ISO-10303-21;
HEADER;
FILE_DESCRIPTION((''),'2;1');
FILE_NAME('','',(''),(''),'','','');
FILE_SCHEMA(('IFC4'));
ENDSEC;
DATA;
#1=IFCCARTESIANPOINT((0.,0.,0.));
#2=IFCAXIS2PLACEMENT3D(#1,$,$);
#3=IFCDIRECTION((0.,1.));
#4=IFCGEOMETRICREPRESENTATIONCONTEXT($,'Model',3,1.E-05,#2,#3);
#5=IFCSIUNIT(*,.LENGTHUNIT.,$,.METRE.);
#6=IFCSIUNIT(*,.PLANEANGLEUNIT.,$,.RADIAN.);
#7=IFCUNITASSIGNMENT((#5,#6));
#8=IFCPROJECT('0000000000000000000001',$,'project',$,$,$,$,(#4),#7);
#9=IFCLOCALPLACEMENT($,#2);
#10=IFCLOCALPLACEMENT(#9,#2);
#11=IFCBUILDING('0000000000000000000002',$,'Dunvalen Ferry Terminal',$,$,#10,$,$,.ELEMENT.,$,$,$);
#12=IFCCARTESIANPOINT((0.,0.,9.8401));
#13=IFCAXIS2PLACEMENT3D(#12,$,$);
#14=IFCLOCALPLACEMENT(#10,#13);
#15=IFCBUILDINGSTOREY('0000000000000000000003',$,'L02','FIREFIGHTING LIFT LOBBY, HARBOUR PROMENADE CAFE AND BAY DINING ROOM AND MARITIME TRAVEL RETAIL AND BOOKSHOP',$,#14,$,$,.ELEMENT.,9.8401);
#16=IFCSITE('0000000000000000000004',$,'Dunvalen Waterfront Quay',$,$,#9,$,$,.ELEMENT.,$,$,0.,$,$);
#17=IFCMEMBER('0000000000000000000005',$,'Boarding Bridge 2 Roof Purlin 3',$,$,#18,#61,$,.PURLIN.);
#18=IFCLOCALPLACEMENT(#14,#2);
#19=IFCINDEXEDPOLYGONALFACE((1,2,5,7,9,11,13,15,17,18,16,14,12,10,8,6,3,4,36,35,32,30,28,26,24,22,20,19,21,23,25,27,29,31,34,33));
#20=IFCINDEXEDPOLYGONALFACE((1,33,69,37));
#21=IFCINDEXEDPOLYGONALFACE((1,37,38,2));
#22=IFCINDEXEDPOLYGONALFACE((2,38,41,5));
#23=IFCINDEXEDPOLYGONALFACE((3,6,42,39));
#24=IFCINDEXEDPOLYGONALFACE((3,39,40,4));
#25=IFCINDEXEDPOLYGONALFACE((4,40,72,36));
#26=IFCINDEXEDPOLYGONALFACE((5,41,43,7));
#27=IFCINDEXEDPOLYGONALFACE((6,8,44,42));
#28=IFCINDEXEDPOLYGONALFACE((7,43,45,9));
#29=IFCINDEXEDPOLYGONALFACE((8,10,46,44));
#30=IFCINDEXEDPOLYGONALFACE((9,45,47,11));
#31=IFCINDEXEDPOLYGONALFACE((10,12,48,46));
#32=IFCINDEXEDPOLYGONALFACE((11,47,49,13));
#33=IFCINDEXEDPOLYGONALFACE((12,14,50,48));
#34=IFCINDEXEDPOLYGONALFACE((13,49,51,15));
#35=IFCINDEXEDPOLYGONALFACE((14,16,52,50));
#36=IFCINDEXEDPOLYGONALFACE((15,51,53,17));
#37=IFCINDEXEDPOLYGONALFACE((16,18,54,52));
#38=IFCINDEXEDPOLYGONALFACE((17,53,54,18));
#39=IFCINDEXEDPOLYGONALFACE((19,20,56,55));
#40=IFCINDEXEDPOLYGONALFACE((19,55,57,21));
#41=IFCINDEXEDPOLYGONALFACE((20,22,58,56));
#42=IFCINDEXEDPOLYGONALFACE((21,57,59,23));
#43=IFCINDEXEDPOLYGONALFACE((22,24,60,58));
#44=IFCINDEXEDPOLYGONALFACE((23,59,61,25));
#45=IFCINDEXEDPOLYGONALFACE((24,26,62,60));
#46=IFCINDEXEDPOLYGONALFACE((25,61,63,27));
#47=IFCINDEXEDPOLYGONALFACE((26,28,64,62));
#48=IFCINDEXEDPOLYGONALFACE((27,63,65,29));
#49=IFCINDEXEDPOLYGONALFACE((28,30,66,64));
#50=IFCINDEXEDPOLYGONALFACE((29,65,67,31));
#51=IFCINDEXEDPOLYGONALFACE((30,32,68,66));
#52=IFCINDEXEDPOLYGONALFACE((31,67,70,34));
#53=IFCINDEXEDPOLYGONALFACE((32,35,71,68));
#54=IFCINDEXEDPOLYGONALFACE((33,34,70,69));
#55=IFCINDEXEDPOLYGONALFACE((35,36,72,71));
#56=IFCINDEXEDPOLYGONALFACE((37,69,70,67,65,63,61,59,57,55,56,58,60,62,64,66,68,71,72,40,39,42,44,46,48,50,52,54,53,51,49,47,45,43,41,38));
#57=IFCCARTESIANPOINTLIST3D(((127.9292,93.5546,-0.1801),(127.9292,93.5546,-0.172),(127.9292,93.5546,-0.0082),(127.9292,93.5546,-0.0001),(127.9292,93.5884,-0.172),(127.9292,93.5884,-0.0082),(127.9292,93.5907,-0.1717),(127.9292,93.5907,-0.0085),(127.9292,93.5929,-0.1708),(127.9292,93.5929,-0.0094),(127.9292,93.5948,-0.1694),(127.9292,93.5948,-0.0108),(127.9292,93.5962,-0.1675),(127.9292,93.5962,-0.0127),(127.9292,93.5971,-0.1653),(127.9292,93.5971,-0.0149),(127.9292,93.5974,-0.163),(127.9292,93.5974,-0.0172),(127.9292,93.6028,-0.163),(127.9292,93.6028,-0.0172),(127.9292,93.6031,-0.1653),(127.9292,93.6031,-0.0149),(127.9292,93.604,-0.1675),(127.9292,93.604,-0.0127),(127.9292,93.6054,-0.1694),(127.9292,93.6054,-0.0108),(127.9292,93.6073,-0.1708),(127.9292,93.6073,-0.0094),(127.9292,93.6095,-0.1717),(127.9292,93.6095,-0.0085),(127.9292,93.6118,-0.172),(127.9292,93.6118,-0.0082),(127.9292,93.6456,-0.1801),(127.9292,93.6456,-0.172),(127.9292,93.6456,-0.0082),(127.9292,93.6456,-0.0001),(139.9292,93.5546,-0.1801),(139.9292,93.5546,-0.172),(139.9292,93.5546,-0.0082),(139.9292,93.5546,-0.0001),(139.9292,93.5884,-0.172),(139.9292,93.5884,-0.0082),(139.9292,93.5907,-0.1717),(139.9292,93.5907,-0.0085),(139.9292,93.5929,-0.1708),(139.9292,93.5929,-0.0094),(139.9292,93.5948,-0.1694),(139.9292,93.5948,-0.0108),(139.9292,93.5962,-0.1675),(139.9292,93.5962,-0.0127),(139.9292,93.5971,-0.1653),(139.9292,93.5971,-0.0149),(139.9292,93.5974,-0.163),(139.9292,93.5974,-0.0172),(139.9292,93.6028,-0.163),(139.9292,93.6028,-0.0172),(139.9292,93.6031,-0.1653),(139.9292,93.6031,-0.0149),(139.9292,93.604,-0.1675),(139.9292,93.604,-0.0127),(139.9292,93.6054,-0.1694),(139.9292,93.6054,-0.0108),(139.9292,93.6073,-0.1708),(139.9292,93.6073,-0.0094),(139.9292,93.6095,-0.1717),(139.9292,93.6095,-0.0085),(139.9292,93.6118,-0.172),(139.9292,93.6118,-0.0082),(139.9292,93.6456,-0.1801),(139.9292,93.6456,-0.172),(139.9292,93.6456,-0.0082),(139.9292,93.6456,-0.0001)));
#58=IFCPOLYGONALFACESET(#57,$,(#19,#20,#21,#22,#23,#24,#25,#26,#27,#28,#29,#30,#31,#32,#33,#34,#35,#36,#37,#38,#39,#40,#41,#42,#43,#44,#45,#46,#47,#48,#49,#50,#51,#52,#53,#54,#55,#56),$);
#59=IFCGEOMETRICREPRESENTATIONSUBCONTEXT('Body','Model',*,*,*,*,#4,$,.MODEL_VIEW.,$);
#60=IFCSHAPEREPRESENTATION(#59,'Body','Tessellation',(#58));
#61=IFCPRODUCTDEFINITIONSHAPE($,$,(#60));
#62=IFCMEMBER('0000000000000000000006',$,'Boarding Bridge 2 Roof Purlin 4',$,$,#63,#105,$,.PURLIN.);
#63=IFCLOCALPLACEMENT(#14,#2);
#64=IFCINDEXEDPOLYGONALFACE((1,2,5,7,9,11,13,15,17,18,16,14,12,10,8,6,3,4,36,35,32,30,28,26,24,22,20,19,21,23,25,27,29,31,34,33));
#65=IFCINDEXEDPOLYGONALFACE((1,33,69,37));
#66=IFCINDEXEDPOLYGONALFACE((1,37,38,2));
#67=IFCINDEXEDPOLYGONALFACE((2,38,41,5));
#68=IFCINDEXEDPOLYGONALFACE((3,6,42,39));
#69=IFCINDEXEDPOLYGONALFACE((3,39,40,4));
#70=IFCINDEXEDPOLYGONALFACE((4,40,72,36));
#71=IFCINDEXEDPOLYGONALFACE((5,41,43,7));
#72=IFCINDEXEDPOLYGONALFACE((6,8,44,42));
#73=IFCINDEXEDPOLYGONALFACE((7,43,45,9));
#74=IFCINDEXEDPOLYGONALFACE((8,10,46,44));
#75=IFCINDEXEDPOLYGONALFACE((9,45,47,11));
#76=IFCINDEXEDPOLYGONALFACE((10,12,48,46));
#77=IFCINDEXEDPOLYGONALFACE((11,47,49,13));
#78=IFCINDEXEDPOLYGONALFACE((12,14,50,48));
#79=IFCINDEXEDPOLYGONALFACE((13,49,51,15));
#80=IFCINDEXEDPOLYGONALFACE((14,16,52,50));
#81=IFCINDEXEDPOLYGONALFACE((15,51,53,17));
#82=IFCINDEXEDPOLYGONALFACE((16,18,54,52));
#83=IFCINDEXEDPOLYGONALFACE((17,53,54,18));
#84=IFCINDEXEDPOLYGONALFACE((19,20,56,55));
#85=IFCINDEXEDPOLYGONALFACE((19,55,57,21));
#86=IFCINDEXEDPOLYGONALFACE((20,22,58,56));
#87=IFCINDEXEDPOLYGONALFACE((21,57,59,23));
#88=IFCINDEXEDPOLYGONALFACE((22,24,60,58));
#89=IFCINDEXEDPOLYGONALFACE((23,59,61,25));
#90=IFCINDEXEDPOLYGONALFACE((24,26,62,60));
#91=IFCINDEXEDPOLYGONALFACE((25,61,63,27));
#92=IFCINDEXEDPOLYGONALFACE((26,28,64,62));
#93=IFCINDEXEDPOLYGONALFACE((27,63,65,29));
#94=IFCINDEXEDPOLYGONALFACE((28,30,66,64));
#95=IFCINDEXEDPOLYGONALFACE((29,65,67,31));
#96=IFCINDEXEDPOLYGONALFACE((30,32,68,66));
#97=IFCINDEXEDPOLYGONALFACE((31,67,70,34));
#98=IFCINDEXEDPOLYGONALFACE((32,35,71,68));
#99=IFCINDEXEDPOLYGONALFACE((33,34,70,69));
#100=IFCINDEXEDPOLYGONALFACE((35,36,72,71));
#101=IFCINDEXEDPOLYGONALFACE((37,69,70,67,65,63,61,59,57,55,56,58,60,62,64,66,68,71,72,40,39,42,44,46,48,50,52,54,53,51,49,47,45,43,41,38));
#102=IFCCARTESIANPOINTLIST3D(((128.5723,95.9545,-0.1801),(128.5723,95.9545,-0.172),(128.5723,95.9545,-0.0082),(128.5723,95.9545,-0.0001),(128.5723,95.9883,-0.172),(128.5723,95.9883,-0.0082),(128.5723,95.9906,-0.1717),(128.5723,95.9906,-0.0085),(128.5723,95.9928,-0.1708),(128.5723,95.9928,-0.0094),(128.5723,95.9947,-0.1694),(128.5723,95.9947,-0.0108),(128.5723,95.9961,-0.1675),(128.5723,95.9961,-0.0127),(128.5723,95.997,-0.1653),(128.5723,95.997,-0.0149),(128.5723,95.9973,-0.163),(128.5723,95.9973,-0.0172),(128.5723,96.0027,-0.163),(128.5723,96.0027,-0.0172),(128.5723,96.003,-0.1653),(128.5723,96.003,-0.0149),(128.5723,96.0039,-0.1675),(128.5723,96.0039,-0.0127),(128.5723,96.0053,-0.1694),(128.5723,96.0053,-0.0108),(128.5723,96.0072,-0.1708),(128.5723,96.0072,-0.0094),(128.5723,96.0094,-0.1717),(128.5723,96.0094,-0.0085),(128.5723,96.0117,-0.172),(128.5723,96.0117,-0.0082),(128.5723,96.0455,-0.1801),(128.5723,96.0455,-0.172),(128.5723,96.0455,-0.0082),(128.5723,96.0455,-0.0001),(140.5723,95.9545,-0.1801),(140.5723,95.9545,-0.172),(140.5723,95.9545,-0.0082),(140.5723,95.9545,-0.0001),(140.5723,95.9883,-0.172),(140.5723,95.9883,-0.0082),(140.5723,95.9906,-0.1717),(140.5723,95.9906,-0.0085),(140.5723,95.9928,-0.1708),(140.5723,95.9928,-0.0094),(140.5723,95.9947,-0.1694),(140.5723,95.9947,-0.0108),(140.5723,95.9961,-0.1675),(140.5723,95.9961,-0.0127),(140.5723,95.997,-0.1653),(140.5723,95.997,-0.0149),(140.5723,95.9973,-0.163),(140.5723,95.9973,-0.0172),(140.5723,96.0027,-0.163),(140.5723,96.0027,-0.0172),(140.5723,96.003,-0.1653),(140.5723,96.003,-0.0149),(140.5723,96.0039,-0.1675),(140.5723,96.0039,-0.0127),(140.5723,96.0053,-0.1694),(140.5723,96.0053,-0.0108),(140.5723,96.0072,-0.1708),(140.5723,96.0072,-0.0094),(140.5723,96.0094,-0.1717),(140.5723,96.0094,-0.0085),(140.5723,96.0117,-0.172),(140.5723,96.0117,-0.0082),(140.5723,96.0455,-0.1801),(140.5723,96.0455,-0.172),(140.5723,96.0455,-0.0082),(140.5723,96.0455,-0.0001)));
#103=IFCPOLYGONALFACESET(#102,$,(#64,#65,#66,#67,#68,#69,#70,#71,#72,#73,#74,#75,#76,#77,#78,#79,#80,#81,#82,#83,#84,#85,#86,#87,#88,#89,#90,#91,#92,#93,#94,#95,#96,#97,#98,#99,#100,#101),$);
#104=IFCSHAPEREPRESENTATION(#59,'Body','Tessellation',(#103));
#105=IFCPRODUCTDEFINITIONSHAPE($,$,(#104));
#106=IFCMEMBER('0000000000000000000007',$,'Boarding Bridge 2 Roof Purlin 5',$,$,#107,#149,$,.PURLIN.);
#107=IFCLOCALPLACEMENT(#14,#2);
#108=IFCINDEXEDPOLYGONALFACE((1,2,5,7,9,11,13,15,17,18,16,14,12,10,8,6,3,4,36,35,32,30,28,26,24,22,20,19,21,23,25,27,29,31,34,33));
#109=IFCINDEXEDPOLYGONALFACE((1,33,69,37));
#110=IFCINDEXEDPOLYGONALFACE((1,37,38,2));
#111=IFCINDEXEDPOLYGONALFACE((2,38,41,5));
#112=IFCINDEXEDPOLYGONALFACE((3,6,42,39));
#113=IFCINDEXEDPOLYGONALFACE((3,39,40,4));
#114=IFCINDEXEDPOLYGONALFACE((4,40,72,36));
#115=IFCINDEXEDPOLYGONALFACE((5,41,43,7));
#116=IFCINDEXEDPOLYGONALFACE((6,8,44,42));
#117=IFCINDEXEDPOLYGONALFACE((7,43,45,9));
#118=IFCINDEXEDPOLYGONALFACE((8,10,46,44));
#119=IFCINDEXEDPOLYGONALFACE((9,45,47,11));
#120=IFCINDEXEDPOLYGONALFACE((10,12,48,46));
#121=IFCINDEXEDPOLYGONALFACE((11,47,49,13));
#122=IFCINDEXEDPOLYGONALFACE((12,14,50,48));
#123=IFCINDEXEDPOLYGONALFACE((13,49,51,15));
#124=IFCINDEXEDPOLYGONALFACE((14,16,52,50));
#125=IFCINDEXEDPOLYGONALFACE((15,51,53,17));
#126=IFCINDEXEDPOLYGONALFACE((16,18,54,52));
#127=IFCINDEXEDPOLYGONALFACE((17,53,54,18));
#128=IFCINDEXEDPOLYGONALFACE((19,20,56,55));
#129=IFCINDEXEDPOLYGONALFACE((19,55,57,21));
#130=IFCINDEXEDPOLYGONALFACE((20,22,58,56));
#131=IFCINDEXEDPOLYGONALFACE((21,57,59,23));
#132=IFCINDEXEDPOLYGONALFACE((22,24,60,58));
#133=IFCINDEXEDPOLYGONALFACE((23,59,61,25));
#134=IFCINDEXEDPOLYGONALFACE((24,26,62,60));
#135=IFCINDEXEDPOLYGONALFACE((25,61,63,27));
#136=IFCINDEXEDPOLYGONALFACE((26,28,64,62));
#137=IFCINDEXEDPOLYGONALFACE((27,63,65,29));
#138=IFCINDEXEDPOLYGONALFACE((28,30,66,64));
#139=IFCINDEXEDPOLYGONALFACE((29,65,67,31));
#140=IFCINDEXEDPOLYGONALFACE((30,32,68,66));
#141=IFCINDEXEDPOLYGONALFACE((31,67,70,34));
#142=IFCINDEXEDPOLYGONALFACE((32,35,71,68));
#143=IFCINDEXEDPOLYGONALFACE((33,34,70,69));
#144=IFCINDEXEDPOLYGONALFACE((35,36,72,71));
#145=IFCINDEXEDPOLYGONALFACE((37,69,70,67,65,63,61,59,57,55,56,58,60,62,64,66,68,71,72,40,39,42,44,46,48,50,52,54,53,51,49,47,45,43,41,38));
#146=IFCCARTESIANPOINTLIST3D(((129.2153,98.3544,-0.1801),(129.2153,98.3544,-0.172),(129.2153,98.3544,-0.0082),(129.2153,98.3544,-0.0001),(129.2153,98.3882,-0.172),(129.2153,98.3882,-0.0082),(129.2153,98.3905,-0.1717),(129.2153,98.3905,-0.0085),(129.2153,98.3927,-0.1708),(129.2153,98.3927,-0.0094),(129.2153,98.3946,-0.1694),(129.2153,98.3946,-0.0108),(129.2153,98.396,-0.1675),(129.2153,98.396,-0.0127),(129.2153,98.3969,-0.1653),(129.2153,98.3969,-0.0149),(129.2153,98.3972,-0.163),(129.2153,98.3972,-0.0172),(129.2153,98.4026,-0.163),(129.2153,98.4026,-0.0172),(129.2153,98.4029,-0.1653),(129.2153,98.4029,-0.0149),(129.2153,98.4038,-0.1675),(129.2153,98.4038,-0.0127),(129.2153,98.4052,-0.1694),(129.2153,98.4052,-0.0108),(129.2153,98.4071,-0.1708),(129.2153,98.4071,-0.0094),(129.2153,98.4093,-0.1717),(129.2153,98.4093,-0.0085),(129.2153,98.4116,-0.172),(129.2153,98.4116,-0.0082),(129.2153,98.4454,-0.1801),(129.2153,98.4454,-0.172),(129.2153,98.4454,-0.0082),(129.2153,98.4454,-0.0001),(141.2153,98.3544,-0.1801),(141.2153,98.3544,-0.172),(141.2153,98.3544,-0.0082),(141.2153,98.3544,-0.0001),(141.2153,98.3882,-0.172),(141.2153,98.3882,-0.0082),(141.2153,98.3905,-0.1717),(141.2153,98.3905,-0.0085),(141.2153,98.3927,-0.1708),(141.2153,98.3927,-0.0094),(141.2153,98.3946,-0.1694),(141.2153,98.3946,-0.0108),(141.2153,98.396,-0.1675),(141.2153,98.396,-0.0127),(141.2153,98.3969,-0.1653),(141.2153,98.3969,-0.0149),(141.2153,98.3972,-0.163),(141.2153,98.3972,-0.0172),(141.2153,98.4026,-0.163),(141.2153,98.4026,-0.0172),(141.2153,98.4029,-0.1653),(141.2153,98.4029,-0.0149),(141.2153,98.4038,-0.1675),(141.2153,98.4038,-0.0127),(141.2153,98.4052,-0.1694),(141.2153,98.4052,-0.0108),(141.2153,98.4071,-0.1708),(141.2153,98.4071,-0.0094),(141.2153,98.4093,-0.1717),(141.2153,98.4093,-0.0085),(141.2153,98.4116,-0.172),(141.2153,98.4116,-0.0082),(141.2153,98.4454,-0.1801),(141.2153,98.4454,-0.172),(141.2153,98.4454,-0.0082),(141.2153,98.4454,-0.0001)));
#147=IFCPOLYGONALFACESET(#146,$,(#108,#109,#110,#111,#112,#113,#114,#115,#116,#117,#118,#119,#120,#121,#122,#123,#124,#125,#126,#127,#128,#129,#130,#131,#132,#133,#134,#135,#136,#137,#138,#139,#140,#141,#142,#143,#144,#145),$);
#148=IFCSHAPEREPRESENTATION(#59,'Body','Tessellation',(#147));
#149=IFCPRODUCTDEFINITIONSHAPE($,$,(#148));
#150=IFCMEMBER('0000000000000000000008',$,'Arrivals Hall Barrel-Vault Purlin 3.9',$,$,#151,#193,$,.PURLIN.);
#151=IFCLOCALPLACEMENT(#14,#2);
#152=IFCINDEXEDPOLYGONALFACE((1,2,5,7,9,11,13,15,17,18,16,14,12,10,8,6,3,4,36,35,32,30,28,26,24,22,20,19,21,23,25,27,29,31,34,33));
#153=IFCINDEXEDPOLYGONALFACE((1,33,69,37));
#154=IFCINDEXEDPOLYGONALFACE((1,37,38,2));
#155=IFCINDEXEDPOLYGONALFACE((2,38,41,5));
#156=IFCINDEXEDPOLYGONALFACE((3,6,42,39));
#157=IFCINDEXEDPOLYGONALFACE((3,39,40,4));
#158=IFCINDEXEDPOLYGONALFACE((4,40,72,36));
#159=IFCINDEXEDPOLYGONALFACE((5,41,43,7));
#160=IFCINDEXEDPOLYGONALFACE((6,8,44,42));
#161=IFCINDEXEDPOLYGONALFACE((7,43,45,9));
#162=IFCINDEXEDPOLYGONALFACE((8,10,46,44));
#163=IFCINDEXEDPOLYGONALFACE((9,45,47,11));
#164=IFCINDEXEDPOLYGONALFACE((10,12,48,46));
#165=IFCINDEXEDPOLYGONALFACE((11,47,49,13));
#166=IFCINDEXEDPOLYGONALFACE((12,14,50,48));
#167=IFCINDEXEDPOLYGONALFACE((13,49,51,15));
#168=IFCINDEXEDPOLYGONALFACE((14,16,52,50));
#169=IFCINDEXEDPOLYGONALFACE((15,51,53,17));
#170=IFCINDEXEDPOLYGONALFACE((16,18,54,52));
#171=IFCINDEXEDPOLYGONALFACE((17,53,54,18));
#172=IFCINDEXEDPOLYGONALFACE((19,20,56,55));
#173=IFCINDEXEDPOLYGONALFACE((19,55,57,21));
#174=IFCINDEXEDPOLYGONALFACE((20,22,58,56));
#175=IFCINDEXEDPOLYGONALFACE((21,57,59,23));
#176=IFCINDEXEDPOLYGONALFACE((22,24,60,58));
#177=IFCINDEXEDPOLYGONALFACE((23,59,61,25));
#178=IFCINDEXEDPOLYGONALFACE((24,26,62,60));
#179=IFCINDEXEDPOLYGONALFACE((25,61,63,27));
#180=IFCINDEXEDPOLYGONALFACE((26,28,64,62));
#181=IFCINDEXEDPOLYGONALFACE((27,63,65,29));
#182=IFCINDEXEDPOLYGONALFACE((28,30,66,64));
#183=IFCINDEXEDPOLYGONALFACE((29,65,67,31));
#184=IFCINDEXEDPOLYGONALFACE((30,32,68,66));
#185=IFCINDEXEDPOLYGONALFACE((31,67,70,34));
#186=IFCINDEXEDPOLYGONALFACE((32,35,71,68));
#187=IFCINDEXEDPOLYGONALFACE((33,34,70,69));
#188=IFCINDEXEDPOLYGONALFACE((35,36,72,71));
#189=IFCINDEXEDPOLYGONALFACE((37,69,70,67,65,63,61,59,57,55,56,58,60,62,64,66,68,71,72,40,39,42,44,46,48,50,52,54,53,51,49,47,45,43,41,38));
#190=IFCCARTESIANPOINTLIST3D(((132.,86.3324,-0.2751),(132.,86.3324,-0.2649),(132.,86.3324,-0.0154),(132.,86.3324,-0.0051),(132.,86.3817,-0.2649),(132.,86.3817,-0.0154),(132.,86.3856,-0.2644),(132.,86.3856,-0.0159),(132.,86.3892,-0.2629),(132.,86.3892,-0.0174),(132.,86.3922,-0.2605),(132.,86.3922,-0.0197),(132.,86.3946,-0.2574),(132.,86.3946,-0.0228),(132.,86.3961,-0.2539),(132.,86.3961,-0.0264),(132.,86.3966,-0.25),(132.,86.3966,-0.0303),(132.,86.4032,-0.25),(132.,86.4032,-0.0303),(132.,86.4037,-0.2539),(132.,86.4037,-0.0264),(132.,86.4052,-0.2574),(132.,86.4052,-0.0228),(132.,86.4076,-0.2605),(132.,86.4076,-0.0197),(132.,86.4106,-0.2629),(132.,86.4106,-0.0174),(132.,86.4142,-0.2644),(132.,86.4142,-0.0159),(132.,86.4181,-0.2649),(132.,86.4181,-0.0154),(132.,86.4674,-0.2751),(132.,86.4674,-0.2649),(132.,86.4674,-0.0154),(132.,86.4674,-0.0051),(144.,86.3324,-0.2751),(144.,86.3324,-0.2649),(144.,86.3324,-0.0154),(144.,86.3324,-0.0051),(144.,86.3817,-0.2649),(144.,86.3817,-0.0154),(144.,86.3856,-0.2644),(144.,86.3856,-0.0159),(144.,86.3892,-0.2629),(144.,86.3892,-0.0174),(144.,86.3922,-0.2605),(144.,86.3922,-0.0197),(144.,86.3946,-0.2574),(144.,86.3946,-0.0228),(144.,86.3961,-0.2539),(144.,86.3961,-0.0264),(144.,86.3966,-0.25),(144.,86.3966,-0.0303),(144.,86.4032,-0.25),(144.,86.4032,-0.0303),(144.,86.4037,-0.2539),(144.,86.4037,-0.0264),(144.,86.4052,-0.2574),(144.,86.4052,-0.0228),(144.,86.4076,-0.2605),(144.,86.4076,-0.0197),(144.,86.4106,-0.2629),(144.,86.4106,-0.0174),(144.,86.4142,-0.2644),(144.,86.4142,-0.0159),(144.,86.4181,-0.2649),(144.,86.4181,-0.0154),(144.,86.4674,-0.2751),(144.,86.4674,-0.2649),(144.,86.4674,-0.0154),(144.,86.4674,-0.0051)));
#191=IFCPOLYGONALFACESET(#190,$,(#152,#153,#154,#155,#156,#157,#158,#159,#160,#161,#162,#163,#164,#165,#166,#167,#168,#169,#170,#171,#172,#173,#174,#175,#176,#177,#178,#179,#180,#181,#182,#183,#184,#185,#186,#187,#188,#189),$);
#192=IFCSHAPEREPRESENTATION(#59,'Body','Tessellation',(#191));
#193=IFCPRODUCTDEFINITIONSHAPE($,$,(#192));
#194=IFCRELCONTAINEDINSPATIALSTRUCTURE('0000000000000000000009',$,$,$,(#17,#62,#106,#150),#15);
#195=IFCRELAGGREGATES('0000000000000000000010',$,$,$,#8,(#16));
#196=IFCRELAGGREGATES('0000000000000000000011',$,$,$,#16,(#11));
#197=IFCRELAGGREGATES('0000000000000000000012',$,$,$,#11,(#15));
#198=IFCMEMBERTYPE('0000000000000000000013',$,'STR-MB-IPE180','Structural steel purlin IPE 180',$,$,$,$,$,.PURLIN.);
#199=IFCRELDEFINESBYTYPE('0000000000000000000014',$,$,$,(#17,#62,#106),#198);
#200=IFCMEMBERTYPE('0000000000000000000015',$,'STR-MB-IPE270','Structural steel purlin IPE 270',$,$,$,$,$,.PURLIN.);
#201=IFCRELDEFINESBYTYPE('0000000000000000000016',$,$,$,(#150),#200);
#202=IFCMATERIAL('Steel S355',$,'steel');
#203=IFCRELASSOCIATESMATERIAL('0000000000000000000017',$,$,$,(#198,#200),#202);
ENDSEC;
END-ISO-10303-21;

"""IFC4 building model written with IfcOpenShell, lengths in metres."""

from ifc_helpers import new_model, si_unit, direction, frame, origin, origin_2d, place, context, subcontext, project, spatial, i_section, extrude, material, material_profile, profile_set, type_object, element, save


model = new_model("IFC4")

# Units and contexts
model_context = context("Model", 3, precision=1e-05, world=origin(), true_north=direction((0.0, 1.0)))
body_context = subcontext(model_context, "Body", "Model", "MODEL_VIEW")
ifc_project = project(units=[si_unit("LENGTHUNIT", "METRE"), si_unit("PLANEANGLEUNIT", "RADIAN")], contexts=[model_context])

# Site, building, storey
site_placement = place(None, origin())
site = spatial("IfcSite", under=ifc_project, at=site_placement, Name="Dunvalen Waterfront Quay", CompositionType="ELEMENT", RefElevation=0.0)
building_placement = place(site_placement, origin())
building = spatial("IfcBuilding", under=site, at=building_placement, Name="Dunvalen Ferry Terminal", CompositionType="ELEMENT")
storey_placement = place(building_placement, frame((0.0, 0.0, 9.8401)))
storey = spatial("IfcBuildingStorey", under=building, at=storey_placement, Name="L02", Description="FIREFIGHTING LIFT LOBBY, HARBOUR PROMENADE CAFE AND BAY DINING ROOM AND MARITIME TRAVEL RETAIL AND BOOKSHOP", CompositionType="ELEMENT", Elevation=9.8401)

# Shared definitions
ifc_material_1 = material(Name="Steel S355", Category="steel")

# Members
ifc_material_profile_1 = material_profile(ifc_material_1, i_section(OverallWidth=0.0911, OverallDepth=0.1799, WebThickness=0.0054, FlangeThickness=0.0081, FilletRadius=0.009, at=origin_2d()), Name="Steel S355")
ifc_profile_set_1 = profile_set([ifc_material_profile_1], Name="Steel S355")
member_type_1 = type_object("IfcMemberType", Name="STR-MB-IPE180", Description="Structural steel purlin IPE 180", PredefinedType="PURLIN", material=ifc_profile_set_1)
for number, where, z_axis, x_axis, name in (
    (1, (127.9292, 93.6001, -0.0901), (1.0, 0.0, 0.0), (0.0, 1.0, 0.0), "Boarding Bridge 2 Roof Purlin 3"),
    (2, (128.5723, 96.0, -0.0901), (1.0, 0.0, 0.0), (0.0, 1.0, 0.0), "Boarding Bridge 2 Roof Purlin 4"),
    (3, (129.2153, 98.3999, -0.0901), (1.0, 0.0, 0.0), (0.0, 1.0, 0.0), "Boarding Bridge 2 Roof Purlin 5"),
):
    element("IfcMember", number, at=place(storey_placement, frame(where, z_axis=z_axis, x_axis=x_axis)), inside=storey, type_object=member_type_1, Name=name, PredefinedType="PURLIN", context=body_context, shape_type="SweptSolid", body=[
        extrude(i_section(OverallWidth=0.0911, OverallDepth=0.1799, WebThickness=0.0054, FlangeThickness=0.0081, FilletRadius=0.009, at=origin_2d()), origin(), (0.0, 0.0, 1.0), 12.0),
    ])
ifc_material_profile_2 = material_profile(ifc_material_1, i_section(OverallWidth=0.135, OverallDepth=0.27, WebThickness=0.0066, FlangeThickness=0.0103, FilletRadius=0.0149, at=origin_2d()), Name="Steel S355")
ifc_profile_set_2 = profile_set([ifc_material_profile_2], Name="Steel S355")
member_type_2 = type_object("IfcMemberType", Name="STR-MB-IPE270", Description="Structural steel purlin IPE 270", PredefinedType="PURLIN", material=ifc_profile_set_2)
member_placement = place(storey_placement, frame((132.0, 86.3999, -0.1401), z_axis=(1.0, 0.0, 0.0), x_axis=(0.0, 1.0, 0.0)))
element("IfcMember", 4, at=member_placement, inside=storey, type_object=member_type_2, Name="Arrivals Hall Barrel-Vault Purlin 3.9", PredefinedType="PURLIN", context=body_context, shape_type="SweptSolid", body=[
    extrude(i_section(OverallWidth=0.135, OverallDepth=0.27, WebThickness=0.0066, FlangeThickness=0.0103, FilletRadius=0.0149, at=origin_2d()), origin(), (0.0, 0.0, 1.0), 12.0),
])

save(model, "model.ifc")
